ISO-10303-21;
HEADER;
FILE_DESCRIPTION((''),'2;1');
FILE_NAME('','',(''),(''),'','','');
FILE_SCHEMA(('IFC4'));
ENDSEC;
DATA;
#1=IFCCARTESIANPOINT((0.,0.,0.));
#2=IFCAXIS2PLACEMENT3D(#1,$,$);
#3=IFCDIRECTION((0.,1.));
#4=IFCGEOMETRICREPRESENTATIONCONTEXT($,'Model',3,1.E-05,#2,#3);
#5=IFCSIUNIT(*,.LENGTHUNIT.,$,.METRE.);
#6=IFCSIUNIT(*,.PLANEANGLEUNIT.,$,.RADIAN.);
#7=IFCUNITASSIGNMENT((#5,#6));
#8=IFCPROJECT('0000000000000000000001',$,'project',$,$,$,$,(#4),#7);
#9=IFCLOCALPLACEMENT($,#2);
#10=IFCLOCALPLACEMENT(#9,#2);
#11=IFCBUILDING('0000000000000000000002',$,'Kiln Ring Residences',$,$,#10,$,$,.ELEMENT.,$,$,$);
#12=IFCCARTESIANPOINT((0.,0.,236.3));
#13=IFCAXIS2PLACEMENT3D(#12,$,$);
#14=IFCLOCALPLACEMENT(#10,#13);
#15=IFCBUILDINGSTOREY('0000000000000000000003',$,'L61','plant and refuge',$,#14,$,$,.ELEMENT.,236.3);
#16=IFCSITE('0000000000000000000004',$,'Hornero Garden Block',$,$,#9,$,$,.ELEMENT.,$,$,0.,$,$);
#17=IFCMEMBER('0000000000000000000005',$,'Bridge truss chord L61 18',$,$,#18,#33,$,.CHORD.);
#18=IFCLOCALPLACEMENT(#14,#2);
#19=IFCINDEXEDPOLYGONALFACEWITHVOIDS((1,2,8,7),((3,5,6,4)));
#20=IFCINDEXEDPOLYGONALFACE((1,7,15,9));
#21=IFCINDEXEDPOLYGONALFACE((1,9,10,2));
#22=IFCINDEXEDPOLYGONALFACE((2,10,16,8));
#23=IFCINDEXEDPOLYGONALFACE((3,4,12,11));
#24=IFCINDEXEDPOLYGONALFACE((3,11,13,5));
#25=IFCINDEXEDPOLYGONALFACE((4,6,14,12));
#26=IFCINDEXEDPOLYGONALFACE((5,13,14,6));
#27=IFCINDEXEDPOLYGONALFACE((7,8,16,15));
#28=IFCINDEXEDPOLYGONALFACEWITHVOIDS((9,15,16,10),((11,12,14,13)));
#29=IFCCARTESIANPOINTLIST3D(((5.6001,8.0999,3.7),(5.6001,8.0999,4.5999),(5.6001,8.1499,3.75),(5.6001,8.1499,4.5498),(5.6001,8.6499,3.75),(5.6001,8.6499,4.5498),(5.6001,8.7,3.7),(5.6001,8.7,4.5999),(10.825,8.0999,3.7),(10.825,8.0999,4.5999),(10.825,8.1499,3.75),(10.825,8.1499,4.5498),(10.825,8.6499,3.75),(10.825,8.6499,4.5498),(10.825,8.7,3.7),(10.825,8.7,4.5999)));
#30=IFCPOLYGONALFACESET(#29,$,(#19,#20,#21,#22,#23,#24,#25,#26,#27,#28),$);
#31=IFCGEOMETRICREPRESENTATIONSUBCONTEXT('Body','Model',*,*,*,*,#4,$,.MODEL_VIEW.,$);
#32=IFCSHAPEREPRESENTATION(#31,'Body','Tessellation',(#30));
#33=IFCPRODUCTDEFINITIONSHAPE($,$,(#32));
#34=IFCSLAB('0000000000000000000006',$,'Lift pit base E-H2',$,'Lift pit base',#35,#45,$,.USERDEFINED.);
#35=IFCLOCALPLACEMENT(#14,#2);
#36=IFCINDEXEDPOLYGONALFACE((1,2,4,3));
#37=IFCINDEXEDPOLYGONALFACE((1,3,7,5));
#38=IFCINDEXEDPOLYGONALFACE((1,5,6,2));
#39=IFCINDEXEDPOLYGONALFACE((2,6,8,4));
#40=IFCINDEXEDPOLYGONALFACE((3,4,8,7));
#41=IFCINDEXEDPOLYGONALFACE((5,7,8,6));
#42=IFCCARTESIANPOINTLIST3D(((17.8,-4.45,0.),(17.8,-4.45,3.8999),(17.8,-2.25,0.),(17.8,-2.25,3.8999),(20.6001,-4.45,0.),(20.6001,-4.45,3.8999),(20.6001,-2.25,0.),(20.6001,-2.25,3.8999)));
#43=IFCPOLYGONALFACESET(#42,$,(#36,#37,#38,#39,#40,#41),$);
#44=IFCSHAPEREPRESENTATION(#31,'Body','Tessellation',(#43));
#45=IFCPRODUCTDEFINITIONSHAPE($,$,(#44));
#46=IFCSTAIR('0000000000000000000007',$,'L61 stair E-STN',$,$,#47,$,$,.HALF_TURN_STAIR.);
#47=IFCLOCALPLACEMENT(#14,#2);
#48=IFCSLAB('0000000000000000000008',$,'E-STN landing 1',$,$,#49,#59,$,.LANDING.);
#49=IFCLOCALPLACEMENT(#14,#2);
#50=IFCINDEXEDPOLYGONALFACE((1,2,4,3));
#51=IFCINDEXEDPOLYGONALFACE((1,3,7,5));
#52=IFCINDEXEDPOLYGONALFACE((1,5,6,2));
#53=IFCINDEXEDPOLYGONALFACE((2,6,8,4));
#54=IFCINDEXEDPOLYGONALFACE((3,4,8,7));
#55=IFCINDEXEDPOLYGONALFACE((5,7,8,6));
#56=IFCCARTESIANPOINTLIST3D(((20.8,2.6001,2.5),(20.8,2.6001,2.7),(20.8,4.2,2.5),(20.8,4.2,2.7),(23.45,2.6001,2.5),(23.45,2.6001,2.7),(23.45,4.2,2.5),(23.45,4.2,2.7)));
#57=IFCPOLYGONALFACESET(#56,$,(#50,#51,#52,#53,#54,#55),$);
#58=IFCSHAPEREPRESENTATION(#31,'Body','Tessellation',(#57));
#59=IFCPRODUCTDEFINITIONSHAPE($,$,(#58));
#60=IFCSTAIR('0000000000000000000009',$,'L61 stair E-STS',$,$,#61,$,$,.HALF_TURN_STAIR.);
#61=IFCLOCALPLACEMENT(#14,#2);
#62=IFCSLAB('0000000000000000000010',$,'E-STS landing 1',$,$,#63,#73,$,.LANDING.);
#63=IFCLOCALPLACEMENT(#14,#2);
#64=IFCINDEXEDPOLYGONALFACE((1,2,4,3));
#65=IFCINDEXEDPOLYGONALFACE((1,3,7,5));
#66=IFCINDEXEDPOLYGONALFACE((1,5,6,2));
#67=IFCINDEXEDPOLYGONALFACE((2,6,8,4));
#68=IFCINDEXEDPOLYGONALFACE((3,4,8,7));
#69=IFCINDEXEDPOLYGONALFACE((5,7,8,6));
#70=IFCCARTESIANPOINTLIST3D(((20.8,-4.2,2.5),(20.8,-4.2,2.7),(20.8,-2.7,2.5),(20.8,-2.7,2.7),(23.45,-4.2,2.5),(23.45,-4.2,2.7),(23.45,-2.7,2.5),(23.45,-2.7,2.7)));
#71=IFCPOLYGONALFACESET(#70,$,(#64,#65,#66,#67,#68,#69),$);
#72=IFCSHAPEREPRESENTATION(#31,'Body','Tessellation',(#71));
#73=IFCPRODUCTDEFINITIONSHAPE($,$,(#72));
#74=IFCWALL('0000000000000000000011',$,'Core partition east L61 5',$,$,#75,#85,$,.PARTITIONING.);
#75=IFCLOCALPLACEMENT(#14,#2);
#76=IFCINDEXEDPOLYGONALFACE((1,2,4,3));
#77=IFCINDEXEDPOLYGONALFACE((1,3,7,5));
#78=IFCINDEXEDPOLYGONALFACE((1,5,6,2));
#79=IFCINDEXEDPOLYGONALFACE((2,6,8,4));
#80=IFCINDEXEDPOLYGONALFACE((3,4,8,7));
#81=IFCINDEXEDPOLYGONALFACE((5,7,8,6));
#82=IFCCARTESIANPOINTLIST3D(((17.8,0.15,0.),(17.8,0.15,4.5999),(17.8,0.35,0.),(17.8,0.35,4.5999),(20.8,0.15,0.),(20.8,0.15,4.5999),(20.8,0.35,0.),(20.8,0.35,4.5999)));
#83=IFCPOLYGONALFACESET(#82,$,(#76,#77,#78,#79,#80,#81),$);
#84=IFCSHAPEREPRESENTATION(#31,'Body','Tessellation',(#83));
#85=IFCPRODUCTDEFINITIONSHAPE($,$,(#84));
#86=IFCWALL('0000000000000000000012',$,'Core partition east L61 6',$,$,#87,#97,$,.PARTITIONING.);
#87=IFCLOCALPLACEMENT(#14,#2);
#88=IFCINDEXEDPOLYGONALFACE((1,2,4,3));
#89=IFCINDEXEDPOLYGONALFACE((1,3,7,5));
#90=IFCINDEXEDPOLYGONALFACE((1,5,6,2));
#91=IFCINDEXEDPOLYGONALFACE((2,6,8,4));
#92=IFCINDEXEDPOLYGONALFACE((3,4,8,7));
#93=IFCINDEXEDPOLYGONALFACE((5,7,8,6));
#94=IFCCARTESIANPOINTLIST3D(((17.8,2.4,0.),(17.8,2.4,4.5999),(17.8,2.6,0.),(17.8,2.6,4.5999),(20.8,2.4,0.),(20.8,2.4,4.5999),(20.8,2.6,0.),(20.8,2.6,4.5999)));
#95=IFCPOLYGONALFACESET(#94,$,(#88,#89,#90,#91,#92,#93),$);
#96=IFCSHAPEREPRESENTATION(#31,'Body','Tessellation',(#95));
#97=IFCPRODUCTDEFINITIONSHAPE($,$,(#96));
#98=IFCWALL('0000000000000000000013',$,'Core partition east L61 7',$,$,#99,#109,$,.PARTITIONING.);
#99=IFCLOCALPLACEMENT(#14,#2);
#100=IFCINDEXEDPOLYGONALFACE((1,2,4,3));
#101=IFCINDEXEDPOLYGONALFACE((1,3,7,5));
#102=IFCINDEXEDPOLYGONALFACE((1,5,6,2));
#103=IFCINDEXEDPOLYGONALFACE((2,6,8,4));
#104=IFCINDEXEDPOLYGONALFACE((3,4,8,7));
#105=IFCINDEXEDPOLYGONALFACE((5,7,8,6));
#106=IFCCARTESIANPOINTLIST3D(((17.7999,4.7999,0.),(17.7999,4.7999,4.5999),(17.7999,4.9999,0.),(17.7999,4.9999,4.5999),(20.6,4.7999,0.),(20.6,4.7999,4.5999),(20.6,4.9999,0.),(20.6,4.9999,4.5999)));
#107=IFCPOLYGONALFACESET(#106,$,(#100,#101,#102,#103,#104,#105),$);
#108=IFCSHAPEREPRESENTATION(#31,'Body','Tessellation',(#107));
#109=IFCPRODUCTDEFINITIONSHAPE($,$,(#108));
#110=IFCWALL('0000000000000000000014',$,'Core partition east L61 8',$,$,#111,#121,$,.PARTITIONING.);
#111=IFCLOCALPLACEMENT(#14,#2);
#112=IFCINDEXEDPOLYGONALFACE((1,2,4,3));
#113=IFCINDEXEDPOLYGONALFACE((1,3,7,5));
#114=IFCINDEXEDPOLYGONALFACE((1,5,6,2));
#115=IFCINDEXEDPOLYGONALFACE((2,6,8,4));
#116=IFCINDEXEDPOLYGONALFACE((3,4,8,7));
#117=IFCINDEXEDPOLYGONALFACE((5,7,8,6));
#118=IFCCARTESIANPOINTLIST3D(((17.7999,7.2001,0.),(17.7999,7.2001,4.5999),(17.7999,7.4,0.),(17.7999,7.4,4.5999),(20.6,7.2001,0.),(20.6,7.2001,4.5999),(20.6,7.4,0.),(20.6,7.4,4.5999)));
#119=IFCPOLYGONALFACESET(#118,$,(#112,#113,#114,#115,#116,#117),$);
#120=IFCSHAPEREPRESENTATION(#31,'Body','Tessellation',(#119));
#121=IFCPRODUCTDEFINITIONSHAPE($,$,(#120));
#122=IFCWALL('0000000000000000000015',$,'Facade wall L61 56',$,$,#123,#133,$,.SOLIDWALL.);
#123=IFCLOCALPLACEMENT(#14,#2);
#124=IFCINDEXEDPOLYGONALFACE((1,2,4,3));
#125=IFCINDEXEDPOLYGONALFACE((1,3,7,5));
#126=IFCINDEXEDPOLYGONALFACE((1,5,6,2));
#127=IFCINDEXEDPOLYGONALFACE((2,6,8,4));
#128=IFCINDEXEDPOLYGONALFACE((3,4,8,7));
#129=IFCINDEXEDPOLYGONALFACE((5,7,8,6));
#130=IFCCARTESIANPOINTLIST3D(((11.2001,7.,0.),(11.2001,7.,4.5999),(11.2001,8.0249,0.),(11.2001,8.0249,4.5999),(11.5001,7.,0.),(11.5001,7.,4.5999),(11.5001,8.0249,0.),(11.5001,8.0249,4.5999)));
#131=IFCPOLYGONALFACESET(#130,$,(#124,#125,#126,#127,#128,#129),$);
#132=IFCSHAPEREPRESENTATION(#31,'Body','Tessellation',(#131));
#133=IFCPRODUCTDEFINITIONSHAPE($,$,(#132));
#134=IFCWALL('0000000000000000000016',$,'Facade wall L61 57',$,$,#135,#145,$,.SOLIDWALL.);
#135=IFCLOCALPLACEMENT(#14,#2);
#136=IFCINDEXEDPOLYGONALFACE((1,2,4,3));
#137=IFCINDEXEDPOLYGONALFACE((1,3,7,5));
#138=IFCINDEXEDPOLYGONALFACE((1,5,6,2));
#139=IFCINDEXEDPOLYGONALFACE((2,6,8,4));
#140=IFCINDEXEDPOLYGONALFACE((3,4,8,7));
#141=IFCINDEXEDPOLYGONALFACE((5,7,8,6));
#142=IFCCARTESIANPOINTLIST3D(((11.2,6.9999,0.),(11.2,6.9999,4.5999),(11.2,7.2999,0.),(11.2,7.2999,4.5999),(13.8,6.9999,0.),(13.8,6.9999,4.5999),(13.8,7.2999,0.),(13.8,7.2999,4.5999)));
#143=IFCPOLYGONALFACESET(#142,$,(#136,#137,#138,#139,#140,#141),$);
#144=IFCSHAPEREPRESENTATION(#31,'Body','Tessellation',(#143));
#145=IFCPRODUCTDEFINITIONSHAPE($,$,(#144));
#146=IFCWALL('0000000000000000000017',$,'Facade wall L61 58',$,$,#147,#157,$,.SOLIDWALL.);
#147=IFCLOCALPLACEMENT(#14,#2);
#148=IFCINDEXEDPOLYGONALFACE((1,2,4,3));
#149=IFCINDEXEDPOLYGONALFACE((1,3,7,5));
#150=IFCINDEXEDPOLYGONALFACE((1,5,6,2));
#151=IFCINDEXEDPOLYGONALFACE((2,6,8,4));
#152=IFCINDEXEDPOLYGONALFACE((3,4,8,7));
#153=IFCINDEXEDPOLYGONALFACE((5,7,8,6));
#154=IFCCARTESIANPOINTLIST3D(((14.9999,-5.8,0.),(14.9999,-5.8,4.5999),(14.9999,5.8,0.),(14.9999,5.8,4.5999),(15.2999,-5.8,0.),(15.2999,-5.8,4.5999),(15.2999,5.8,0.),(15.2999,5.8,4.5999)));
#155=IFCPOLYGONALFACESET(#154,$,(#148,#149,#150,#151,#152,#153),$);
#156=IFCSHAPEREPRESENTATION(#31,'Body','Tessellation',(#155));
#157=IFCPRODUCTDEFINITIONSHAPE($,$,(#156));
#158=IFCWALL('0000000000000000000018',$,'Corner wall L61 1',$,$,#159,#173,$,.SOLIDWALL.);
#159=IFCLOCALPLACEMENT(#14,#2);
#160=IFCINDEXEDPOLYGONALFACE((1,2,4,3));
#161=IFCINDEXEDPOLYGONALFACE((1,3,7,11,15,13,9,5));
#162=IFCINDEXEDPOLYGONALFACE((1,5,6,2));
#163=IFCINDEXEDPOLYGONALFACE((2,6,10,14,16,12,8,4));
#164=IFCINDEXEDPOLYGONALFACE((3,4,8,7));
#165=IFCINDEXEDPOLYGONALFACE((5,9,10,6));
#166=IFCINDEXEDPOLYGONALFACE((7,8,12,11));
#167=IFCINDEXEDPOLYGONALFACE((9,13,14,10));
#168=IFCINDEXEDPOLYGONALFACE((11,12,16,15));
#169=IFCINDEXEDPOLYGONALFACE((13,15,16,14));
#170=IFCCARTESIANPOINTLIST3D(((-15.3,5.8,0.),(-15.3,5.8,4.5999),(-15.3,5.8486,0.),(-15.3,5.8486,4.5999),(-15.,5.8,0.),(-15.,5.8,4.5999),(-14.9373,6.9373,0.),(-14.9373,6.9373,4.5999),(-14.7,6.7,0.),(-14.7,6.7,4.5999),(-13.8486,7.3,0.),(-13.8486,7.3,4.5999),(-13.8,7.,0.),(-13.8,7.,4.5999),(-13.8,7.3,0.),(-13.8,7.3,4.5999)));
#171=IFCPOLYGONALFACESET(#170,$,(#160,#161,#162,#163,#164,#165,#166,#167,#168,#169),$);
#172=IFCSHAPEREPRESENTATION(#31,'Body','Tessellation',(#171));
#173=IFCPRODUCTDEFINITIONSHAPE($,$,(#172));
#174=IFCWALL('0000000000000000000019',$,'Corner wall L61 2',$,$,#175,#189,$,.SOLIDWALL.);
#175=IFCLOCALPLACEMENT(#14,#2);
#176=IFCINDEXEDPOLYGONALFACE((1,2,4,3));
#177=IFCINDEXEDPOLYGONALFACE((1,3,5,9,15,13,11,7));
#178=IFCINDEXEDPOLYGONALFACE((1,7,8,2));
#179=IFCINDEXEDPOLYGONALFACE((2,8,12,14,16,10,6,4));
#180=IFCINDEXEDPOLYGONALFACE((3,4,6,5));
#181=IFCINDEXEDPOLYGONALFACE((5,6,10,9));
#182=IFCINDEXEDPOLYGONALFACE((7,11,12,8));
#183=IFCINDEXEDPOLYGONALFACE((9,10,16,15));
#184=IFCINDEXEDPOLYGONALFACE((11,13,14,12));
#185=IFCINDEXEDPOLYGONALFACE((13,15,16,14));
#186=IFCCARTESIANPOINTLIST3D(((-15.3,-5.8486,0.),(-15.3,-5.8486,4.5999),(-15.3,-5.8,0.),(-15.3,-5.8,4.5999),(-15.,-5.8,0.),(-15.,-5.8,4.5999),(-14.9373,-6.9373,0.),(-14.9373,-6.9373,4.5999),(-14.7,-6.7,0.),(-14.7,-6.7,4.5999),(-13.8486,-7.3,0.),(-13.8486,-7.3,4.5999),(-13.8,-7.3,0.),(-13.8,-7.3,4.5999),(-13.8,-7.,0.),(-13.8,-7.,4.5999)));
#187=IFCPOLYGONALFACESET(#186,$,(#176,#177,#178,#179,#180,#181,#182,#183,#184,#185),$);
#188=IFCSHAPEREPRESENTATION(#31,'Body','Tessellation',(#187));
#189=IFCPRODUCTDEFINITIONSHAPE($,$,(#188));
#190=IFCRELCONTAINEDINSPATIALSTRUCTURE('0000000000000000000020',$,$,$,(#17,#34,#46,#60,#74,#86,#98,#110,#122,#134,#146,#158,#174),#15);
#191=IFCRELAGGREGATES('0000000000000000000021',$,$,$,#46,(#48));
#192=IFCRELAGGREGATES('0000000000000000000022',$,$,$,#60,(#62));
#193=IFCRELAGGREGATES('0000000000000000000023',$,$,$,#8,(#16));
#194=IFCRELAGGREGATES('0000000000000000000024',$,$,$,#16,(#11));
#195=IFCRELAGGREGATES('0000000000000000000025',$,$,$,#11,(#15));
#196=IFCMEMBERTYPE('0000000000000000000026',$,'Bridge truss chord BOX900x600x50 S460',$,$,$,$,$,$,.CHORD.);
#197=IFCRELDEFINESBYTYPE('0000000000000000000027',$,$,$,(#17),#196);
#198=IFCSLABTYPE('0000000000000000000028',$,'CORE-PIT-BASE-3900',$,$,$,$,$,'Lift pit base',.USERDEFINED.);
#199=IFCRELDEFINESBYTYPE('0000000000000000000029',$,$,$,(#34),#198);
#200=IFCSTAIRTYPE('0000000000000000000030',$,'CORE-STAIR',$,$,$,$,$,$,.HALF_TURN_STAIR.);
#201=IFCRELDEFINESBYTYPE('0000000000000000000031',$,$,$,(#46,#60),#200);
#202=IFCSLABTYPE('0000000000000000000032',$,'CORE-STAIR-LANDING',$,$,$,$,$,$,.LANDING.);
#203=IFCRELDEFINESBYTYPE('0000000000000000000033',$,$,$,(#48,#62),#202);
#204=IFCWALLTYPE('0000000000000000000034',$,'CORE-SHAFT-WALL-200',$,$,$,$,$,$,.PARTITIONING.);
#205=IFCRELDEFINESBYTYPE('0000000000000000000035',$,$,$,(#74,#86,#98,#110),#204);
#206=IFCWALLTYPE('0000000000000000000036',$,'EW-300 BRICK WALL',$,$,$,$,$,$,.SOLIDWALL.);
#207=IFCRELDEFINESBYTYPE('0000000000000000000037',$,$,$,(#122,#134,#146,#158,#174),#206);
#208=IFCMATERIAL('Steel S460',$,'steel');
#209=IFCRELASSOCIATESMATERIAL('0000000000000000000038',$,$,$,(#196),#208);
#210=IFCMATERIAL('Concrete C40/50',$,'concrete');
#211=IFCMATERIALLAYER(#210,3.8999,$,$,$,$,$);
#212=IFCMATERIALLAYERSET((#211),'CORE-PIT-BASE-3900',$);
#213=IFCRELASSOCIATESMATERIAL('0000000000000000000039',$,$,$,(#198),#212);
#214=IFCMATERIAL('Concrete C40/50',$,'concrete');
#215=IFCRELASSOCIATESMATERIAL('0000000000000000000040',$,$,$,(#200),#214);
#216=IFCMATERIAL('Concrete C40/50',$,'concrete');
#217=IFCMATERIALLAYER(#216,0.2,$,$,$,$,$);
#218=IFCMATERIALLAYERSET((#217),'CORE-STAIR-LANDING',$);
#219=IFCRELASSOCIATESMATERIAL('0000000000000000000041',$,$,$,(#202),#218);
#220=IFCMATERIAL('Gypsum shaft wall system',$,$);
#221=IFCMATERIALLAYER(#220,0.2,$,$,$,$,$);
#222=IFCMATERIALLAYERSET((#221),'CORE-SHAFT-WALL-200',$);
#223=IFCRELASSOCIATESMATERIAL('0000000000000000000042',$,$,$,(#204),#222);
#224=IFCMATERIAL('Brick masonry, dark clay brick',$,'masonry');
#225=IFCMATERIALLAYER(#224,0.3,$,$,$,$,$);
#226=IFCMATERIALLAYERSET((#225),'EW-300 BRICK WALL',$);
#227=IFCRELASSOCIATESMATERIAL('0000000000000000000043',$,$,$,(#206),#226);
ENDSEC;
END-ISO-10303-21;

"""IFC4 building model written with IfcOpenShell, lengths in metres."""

from ifc_helpers import new_model, si_unit, direction, frame, frame_2d, origin, origin_2d, place, context, subcontext, project, spatial, polyline, rectangle, hollow_rectangle, outline, extrude, material, layer, layer_set, material_profile, profile_set, type_object, element, aggregate, save


model = new_model("IFC4")

# Units and contexts
model_context = context("Model", 3, precision=1e-05, world=origin(), true_north=direction((0.0, 1.0)))
body_context = subcontext(model_context, "Body", "Model", "MODEL_VIEW")
ifc_project = project(units=[si_unit("LENGTHUNIT", "METRE"), si_unit("PLANEANGLEUNIT", "RADIAN")], contexts=[model_context])

# Site, building, storey
site_placement = place(None, origin())
site = spatial("IfcSite", under=ifc_project, at=site_placement, Name="Hornero Garden Block", CompositionType="ELEMENT", RefElevation=0.0)
building_placement = place(site_placement, origin())
building = spatial("IfcBuilding", under=site, at=building_placement, Name="Kiln Ring Residences", CompositionType="ELEMENT")
storey_placement = place(building_placement, frame((0.0, 0.0, 236.3)))
storey = spatial("IfcBuildingStorey", under=building, at=storey_placement, Name="L61", Description="plant and refuge", CompositionType="ELEMENT", Elevation=236.3)

# Member
ifc_material_1 = material(Name="Steel S460", Category="steel")
ifc_material_profile = material_profile(ifc_material_1, hollow_rectangle(XDim=0.6001, YDim=0.8999, WallThickness=0.05, at=origin_2d()), Name="BOX900x600x50")
ifc_profile_set = profile_set([ifc_material_profile], Name="Steel S460")
member_type = type_object("IfcMemberType", Name="Bridge truss chord BOX900x600x50 S460", PredefinedType="CHORD", material=ifc_profile_set)
member_placement = place(storey_placement, frame((5.6001, 8.3999, 4.1499), z_axis=(1.0, 0.0, 0.0), x_axis=(0.0, 1.0, 0.0)))
element("IfcMember", 1, at=member_placement, inside=storey, type_object=member_type, Name="Bridge truss chord L61 18", PredefinedType="CHORD", context=body_context, shape_type="SweptSolid", body=[
    extrude(hollow_rectangle(XDim=0.6001, YDim=0.8999, WallThickness=0.05, at=origin_2d()), origin(), (0.0, 0.0, 1.0), 5.2249),
])

# Slab
ifc_material_2 = material(Name="Concrete C40/50", Category="concrete")
ifc_layer_1 = layer(ifc_material_2, 3.8999)
ifc_layer_set_1 = layer_set([ifc_layer_1], Name="CORE-PIT-BASE-3900")
slab_type_1 = type_object("IfcSlabType", Name="CORE-PIT-BASE-3900", ElementType="Lift pit base", PredefinedType="USERDEFINED", material=ifc_layer_set_1)
placement_1 = place(storey_placement, origin())
element("IfcSlab", 2, at=placement_1, inside=storey, type_object=slab_type_1, Name="Lift pit base E-H2", ObjectType="Lift pit base", PredefinedType="USERDEFINED", context=body_context, shape_type="SweptSolid", body=[
    extrude(outline(polyline([(17.8, -4.45), (20.6001, -4.45), (20.6001, -2.25), (17.8, -2.25), (17.8, -4.45)])), origin(), (0.0, 0.0, 1.0), 3.8999),
])

# Stairs, slabs
ifc_material_3 = material(Name="Concrete C40/50", Category="concrete")
stair_type = type_object("IfcStairType", Name="CORE-STAIR", PredefinedType="HALF_TURN_STAIR", material=ifc_material_3)
stair_1 = element("IfcStair", 3, at=placement_1, inside=storey, type_object=stair_type, Name="L61 stair E-STN", PredefinedType="HALF_TURN_STAIR")
ifc_material_4 = material(Name="Concrete C40/50", Category="concrete")
ifc_layer_2 = layer(ifc_material_4, 0.2)
ifc_layer_set_2 = layer_set([ifc_layer_2], Name="CORE-STAIR-LANDING")
slab_type_2 = type_object("IfcSlabType", Name="CORE-STAIR-LANDING", PredefinedType="LANDING", material=ifc_layer_set_2)
placement_2 = place(storey_placement, frame((0.0, 0.0, 2.5)))
slab_1 = element("IfcSlab", 4, at=placement_2, type_object=slab_type_2, Name="E-STN landing 1", PredefinedType="LANDING", context=body_context, shape_type="SweptSolid", body=[
    extrude(outline(polyline([(20.8, 4.2), (20.8, 2.6001), (23.45, 2.6001), (23.45, 4.2), (20.8, 4.2)])), origin(), (0.0, 0.0, 1.0), 0.2),
])
aggregate(stair_1, [slab_1])
stair_2 = element("IfcStair", 5, at=placement_1, inside=storey, type_object=stair_type, Name="L61 stair E-STS", PredefinedType="HALF_TURN_STAIR")
slab_2 = element("IfcSlab", 6, at=placement_2, type_object=slab_type_2, Name="E-STS landing 1", PredefinedType="LANDING", context=body_context, shape_type="SweptSolid", body=[
    extrude(outline(polyline([(23.45, -4.2), (23.45, -2.7), (20.8, -2.7), (20.8, -4.2), (23.45, -4.2)])), origin(), (0.0, 0.0, 1.0), 0.2),
])
aggregate(stair_2, [slab_2])

# Walls
ifc_material_5 = material(Name="Gypsum shaft wall system")
ifc_layer_3 = layer(ifc_material_5, 0.2)
ifc_layer_set_3 = layer_set([ifc_layer_3], Name="CORE-SHAFT-WALL-200")
wall_type_1 = type_object("IfcWallType", Name="CORE-SHAFT-WALL-200", PredefinedType="PARTITIONING", material=ifc_layer_set_3)
for number, where, z_axis, x_axis, name in (
    (7, (17.8, 0.25, 0.0), (0.0, 0.0, 1.0), (1.0, 0.0, 0.0), "Core partition east L61 5"),
    (8, (17.8, 2.5, 0.0), (0.0, 0.0, 1.0), (1.0, 0.0, 0.0), "Core partition east L61 6"),
):
    element("IfcWall", number, at=place(storey_placement, frame(where, z_axis=z_axis, x_axis=x_axis)), inside=storey, type_object=wall_type_1, Name=name, PredefinedType="PARTITIONING", context=body_context, shape_type="SweptSolid", body=[
        extrude(rectangle(XDim=3.0, YDim=0.2, at=frame_2d((1.5, 0.0))), origin(), (0.0, 0.0, 1.0), 4.5999),
    ])
for number, where, z_axis, x_axis, name in (
    (9, (17.8, 4.8999, 0.0), (0.0, 0.0, 1.0), (1.0, 0.0, 0.0), "Core partition east L61 7"),
    (10, (17.8, 7.3, 0.0), (0.0, 0.0, 1.0), (1.0, 0.0, 0.0), "Core partition east L61 8"),
):
    element("IfcWall", number, at=place(storey_placement, frame(where, z_axis=z_axis, x_axis=x_axis)), inside=storey, type_object=wall_type_1, Name=name, PredefinedType="PARTITIONING", context=body_context, shape_type="SweptSolid", body=[
        extrude(rectangle(XDim=2.8, YDim=0.2, at=frame_2d((1.3999, 0.0))), origin(), (0.0, 0.0, 1.0), 4.5999),
    ])
ifc_material_6 = material(Name="Brick masonry, dark clay brick", Category="masonry")
ifc_layer_4 = layer(ifc_material_6, 0.3)
ifc_layer_set_4 = layer_set([ifc_layer_4], Name="EW-300 BRICK WALL")
wall_type_2 = type_object("IfcWallType", Name="EW-300 BRICK WALL", PredefinedType="SOLIDWALL", material=ifc_layer_set_4)
wall_1_placement = place(storey_placement, frame((11.3501, 8.0249, 0.0), z_axis=(0.0, 0.0, 1.0), x_axis=(0.0, -1.0, 0.0)))
element("IfcWall", 11, at=wall_1_placement, inside=storey, type_object=wall_type_2, Name="Facade wall L61 56", PredefinedType="SOLIDWALL", context=body_context, shape_type="SweptSolid", body=[
    extrude(rectangle(XDim=1.0249, YDim=0.3, at=frame_2d((0.5125, 0.0))), origin(), (0.0, 0.0, 1.0), 4.5999),
])
wall_2_placement = place(storey_placement, frame((11.2, 7.1499, 0.0), z_axis=(0.0, 0.0, 1.0), x_axis=(1.0, 0.0, 0.0)))
element("IfcWall", 12, at=wall_2_placement, inside=storey, type_object=wall_type_2, Name="Facade wall L61 57", PredefinedType="SOLIDWALL", context=body_context, shape_type="SweptSolid", body=[
    extrude(rectangle(XDim=2.6001, YDim=0.3, at=frame_2d((1.3, 0.0))), origin(), (0.0, 0.0, 1.0), 4.5999),
])
wall_3_placement = place(storey_placement, frame((15.1499, 5.8, 0.0), z_axis=(0.0, 0.0, 1.0), x_axis=(0.0, -1.0, 0.0)))
element("IfcWall", 13, at=wall_3_placement, inside=storey, type_object=wall_type_2, Name="Facade wall L61 58", PredefinedType="SOLIDWALL", context=body_context, shape_type="SweptSolid", body=[
    extrude(rectangle(XDim=11.6001, YDim=0.3, at=frame_2d((5.8, 0.0))), origin(), (0.0, 0.0, 1.0), 4.5999),
])
element("IfcWall", 14, at=placement_1, inside=storey, type_object=wall_type_2, Name="Corner wall L61 1", PredefinedType="SOLIDWALL", context=body_context, shape_type="SweptSolid", body=[
    extrude(outline(polyline([(-15.0, 5.8), (-14.7, 6.7), (-13.8, 7.0), (-13.8, 7.3), (-13.8486, 7.3), (-14.9373, 6.9373), (-15.3, 5.8486), (-15.3, 5.8), (-15.0, 5.8)])), origin(), (0.0, 0.0, 1.0), 4.5999),
])
element("IfcWall", 15, at=placement_1, inside=storey, type_object=wall_type_2, Name="Corner wall L61 2", PredefinedType="SOLIDWALL", context=body_context, shape_type="SweptSolid", body=[
    extrude(outline(polyline([(-13.8, -7.0), (-14.7, -6.7), (-15.0, -5.8), (-15.3, -5.8), (-15.3, -5.8486), (-14.9373, -6.9373), (-13.8486, -7.3), (-13.8, -7.3), (-13.8, -7.0)])), origin(), (0.0, 0.0, 1.0), 4.5999),
])

save(model, "model.ifc")
